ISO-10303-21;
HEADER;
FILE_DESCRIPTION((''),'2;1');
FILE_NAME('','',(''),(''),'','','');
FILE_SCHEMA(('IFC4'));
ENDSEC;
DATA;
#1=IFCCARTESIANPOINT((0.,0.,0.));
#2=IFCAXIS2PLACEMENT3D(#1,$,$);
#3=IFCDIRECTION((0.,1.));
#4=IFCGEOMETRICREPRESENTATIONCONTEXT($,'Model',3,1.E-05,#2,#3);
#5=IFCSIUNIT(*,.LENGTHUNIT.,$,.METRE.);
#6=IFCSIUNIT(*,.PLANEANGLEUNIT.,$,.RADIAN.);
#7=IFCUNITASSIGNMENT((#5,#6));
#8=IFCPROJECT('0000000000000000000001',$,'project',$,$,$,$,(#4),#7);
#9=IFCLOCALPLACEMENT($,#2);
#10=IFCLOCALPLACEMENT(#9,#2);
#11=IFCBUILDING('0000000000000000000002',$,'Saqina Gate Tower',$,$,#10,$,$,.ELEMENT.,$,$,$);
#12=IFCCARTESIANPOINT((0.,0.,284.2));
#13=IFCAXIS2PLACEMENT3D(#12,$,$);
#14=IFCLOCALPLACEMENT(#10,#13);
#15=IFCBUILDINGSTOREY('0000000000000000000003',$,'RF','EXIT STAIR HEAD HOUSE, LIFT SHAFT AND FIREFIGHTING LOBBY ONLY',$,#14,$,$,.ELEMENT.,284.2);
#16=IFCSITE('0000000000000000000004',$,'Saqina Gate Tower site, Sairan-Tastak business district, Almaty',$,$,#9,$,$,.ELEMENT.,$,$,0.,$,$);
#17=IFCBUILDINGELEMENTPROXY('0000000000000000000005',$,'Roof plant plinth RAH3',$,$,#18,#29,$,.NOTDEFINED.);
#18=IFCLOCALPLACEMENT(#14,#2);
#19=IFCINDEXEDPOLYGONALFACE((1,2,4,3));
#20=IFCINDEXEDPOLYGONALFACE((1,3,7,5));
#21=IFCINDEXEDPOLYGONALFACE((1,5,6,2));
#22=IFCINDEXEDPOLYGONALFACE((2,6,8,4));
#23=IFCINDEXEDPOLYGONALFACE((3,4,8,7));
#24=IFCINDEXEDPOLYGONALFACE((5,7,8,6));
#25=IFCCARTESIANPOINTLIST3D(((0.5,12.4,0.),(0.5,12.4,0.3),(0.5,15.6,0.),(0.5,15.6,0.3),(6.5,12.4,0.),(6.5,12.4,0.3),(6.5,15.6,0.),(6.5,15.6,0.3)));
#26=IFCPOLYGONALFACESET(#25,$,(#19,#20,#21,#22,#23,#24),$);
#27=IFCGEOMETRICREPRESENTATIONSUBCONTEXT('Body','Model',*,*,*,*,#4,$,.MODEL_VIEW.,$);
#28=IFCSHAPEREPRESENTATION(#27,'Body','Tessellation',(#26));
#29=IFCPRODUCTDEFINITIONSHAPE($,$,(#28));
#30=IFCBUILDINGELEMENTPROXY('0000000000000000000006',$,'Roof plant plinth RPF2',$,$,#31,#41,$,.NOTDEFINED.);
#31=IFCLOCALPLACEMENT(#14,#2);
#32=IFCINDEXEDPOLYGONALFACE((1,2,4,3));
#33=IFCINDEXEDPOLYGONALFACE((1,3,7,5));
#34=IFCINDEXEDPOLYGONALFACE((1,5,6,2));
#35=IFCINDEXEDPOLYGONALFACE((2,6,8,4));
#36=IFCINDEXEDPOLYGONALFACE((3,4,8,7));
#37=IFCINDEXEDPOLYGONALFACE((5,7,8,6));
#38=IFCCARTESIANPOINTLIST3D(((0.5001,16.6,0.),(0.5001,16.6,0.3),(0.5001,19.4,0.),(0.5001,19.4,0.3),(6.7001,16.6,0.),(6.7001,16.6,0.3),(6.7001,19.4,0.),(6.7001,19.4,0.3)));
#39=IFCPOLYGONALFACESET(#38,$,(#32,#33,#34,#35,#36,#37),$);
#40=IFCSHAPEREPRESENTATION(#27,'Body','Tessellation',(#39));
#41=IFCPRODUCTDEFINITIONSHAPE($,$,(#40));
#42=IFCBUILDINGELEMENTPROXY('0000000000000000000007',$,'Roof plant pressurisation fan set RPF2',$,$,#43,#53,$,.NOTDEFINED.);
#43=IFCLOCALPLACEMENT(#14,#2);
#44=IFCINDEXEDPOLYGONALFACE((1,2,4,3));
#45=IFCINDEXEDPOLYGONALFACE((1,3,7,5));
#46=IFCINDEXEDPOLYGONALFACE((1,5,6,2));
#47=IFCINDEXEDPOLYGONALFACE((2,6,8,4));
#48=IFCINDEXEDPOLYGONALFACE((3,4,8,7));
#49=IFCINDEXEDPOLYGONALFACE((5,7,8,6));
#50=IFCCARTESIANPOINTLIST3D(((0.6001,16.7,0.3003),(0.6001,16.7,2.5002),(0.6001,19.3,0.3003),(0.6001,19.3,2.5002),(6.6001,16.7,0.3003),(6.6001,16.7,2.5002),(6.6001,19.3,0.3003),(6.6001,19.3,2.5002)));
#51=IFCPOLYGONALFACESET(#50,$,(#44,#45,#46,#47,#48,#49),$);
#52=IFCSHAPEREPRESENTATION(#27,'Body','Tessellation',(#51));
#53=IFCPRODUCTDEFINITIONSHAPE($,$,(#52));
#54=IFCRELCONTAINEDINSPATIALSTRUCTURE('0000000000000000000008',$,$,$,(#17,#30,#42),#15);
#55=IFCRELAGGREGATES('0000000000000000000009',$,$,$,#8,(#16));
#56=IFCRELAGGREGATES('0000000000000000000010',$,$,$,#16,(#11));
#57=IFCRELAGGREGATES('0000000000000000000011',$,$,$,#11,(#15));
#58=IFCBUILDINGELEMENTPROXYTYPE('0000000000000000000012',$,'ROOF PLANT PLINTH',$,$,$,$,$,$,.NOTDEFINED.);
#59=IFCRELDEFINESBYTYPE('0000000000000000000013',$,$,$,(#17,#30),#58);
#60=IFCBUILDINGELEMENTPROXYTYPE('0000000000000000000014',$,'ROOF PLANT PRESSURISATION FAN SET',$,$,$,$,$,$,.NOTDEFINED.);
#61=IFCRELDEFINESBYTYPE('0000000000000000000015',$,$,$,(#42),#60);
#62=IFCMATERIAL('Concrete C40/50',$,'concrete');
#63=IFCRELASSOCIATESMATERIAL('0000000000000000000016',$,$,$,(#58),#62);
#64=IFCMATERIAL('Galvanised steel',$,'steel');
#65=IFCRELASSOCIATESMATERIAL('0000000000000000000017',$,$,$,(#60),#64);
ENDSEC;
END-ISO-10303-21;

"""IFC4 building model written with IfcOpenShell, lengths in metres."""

from ifc_helpers import new_model, si_unit, direction, frame, origin, origin_2d, place, context, subcontext, project, spatial, rectangle, extrude, material, type_object, element, save


model = new_model("IFC4")

# Units and contexts
model_context = context("Model", 3, precision=1e-05, world=origin(), true_north=direction((0.0, 1.0)))
body_context = subcontext(model_context, "Body", "Model", "MODEL_VIEW")
ifc_project = project(units=[si_unit("LENGTHUNIT", "METRE"), si_unit("PLANEANGLEUNIT", "RADIAN")], contexts=[model_context])

# Site, building, storey
site_placement = place(None, origin())
site = spatial("IfcSite", under=ifc_project, at=site_placement, Name="Saqina Gate Tower site, Sairan-Tastak business district, Almaty", CompositionType="ELEMENT", RefElevation=0.0)
building_placement = place(site_placement, origin())
building = spatial("IfcBuilding", under=site, at=building_placement, Name="Saqina Gate Tower", CompositionType="ELEMENT")
storey_placement = place(building_placement, frame((0.0, 0.0, 284.2)))
storey = spatial("IfcBuildingStorey", under=building, at=storey_placement, Name="RF", Description="EXIT STAIR HEAD HOUSE, LIFT SHAFT AND FIREFIGHTING LOBBY ONLY", CompositionType="ELEMENT", Elevation=284.2)

# Building element proxies
ifc_material_1 = material(Name="Concrete C40/50", Category="concrete")
building_element_proxy_type_1 = type_object("IfcBuildingElementProxyType", Name="ROOF PLANT PLINTH", PredefinedType="NOTDEFINED", material=ifc_material_1)
proxy_1_placement = place(storey_placement, frame((3.5, 14.0, 0.0), z_axis=(0.0, 0.0, 1.0), x_axis=(1.0, 0.0, 0.0)))
element("IfcBuildingElementProxy", 1, at=proxy_1_placement, inside=storey, type_object=building_element_proxy_type_1, Name="Roof plant plinth RAH3", PredefinedType="NOTDEFINED", context=body_context, shape_type="SweptSolid", body=[
    extrude(rectangle(XDim=6.0, YDim=3.2, at=origin_2d()), origin(), (0.0, 0.0, 1.0), 0.3),
])
proxy_2_placement = place(storey_placement, frame((3.6001, 18.0, 0.0), z_axis=(0.0, 0.0, 1.0), x_axis=(1.0, 0.0, 0.0)))
element("IfcBuildingElementProxy", 2, at=proxy_2_placement, inside=storey, type_object=building_element_proxy_type_1, Name="Roof plant plinth RPF2", PredefinedType="NOTDEFINED", context=body_context, shape_type="SweptSolid", body=[
    extrude(rectangle(XDim=6.2, YDim=2.8, at=origin_2d()), origin(), (0.0, 0.0, 1.0), 0.3),
])
ifc_material_2 = material(Name="Galvanised steel", Category="steel")
building_element_proxy_type_2 = type_object("IfcBuildingElementProxyType", Name="ROOF PLANT PRESSURISATION FAN SET", PredefinedType="NOTDEFINED", material=ifc_material_2)
proxy_3_placement = place(storey_placement, frame((3.6001, 18.0, 0.3003), z_axis=(0.0, 0.0, 1.0), x_axis=(1.0, 0.0, 0.0)))
element("IfcBuildingElementProxy", 3, at=proxy_3_placement, inside=storey, type_object=building_element_proxy_type_2, Name="Roof plant pressurisation fan set RPF2", PredefinedType="NOTDEFINED", context=body_context, shape_type="SweptSolid", body=[
    extrude(rectangle(XDim=6.0, YDim=2.6001, at=origin_2d()), origin(), (0.0, 0.0, 1.0), 2.2),
])

save(model, "model.ifc")
